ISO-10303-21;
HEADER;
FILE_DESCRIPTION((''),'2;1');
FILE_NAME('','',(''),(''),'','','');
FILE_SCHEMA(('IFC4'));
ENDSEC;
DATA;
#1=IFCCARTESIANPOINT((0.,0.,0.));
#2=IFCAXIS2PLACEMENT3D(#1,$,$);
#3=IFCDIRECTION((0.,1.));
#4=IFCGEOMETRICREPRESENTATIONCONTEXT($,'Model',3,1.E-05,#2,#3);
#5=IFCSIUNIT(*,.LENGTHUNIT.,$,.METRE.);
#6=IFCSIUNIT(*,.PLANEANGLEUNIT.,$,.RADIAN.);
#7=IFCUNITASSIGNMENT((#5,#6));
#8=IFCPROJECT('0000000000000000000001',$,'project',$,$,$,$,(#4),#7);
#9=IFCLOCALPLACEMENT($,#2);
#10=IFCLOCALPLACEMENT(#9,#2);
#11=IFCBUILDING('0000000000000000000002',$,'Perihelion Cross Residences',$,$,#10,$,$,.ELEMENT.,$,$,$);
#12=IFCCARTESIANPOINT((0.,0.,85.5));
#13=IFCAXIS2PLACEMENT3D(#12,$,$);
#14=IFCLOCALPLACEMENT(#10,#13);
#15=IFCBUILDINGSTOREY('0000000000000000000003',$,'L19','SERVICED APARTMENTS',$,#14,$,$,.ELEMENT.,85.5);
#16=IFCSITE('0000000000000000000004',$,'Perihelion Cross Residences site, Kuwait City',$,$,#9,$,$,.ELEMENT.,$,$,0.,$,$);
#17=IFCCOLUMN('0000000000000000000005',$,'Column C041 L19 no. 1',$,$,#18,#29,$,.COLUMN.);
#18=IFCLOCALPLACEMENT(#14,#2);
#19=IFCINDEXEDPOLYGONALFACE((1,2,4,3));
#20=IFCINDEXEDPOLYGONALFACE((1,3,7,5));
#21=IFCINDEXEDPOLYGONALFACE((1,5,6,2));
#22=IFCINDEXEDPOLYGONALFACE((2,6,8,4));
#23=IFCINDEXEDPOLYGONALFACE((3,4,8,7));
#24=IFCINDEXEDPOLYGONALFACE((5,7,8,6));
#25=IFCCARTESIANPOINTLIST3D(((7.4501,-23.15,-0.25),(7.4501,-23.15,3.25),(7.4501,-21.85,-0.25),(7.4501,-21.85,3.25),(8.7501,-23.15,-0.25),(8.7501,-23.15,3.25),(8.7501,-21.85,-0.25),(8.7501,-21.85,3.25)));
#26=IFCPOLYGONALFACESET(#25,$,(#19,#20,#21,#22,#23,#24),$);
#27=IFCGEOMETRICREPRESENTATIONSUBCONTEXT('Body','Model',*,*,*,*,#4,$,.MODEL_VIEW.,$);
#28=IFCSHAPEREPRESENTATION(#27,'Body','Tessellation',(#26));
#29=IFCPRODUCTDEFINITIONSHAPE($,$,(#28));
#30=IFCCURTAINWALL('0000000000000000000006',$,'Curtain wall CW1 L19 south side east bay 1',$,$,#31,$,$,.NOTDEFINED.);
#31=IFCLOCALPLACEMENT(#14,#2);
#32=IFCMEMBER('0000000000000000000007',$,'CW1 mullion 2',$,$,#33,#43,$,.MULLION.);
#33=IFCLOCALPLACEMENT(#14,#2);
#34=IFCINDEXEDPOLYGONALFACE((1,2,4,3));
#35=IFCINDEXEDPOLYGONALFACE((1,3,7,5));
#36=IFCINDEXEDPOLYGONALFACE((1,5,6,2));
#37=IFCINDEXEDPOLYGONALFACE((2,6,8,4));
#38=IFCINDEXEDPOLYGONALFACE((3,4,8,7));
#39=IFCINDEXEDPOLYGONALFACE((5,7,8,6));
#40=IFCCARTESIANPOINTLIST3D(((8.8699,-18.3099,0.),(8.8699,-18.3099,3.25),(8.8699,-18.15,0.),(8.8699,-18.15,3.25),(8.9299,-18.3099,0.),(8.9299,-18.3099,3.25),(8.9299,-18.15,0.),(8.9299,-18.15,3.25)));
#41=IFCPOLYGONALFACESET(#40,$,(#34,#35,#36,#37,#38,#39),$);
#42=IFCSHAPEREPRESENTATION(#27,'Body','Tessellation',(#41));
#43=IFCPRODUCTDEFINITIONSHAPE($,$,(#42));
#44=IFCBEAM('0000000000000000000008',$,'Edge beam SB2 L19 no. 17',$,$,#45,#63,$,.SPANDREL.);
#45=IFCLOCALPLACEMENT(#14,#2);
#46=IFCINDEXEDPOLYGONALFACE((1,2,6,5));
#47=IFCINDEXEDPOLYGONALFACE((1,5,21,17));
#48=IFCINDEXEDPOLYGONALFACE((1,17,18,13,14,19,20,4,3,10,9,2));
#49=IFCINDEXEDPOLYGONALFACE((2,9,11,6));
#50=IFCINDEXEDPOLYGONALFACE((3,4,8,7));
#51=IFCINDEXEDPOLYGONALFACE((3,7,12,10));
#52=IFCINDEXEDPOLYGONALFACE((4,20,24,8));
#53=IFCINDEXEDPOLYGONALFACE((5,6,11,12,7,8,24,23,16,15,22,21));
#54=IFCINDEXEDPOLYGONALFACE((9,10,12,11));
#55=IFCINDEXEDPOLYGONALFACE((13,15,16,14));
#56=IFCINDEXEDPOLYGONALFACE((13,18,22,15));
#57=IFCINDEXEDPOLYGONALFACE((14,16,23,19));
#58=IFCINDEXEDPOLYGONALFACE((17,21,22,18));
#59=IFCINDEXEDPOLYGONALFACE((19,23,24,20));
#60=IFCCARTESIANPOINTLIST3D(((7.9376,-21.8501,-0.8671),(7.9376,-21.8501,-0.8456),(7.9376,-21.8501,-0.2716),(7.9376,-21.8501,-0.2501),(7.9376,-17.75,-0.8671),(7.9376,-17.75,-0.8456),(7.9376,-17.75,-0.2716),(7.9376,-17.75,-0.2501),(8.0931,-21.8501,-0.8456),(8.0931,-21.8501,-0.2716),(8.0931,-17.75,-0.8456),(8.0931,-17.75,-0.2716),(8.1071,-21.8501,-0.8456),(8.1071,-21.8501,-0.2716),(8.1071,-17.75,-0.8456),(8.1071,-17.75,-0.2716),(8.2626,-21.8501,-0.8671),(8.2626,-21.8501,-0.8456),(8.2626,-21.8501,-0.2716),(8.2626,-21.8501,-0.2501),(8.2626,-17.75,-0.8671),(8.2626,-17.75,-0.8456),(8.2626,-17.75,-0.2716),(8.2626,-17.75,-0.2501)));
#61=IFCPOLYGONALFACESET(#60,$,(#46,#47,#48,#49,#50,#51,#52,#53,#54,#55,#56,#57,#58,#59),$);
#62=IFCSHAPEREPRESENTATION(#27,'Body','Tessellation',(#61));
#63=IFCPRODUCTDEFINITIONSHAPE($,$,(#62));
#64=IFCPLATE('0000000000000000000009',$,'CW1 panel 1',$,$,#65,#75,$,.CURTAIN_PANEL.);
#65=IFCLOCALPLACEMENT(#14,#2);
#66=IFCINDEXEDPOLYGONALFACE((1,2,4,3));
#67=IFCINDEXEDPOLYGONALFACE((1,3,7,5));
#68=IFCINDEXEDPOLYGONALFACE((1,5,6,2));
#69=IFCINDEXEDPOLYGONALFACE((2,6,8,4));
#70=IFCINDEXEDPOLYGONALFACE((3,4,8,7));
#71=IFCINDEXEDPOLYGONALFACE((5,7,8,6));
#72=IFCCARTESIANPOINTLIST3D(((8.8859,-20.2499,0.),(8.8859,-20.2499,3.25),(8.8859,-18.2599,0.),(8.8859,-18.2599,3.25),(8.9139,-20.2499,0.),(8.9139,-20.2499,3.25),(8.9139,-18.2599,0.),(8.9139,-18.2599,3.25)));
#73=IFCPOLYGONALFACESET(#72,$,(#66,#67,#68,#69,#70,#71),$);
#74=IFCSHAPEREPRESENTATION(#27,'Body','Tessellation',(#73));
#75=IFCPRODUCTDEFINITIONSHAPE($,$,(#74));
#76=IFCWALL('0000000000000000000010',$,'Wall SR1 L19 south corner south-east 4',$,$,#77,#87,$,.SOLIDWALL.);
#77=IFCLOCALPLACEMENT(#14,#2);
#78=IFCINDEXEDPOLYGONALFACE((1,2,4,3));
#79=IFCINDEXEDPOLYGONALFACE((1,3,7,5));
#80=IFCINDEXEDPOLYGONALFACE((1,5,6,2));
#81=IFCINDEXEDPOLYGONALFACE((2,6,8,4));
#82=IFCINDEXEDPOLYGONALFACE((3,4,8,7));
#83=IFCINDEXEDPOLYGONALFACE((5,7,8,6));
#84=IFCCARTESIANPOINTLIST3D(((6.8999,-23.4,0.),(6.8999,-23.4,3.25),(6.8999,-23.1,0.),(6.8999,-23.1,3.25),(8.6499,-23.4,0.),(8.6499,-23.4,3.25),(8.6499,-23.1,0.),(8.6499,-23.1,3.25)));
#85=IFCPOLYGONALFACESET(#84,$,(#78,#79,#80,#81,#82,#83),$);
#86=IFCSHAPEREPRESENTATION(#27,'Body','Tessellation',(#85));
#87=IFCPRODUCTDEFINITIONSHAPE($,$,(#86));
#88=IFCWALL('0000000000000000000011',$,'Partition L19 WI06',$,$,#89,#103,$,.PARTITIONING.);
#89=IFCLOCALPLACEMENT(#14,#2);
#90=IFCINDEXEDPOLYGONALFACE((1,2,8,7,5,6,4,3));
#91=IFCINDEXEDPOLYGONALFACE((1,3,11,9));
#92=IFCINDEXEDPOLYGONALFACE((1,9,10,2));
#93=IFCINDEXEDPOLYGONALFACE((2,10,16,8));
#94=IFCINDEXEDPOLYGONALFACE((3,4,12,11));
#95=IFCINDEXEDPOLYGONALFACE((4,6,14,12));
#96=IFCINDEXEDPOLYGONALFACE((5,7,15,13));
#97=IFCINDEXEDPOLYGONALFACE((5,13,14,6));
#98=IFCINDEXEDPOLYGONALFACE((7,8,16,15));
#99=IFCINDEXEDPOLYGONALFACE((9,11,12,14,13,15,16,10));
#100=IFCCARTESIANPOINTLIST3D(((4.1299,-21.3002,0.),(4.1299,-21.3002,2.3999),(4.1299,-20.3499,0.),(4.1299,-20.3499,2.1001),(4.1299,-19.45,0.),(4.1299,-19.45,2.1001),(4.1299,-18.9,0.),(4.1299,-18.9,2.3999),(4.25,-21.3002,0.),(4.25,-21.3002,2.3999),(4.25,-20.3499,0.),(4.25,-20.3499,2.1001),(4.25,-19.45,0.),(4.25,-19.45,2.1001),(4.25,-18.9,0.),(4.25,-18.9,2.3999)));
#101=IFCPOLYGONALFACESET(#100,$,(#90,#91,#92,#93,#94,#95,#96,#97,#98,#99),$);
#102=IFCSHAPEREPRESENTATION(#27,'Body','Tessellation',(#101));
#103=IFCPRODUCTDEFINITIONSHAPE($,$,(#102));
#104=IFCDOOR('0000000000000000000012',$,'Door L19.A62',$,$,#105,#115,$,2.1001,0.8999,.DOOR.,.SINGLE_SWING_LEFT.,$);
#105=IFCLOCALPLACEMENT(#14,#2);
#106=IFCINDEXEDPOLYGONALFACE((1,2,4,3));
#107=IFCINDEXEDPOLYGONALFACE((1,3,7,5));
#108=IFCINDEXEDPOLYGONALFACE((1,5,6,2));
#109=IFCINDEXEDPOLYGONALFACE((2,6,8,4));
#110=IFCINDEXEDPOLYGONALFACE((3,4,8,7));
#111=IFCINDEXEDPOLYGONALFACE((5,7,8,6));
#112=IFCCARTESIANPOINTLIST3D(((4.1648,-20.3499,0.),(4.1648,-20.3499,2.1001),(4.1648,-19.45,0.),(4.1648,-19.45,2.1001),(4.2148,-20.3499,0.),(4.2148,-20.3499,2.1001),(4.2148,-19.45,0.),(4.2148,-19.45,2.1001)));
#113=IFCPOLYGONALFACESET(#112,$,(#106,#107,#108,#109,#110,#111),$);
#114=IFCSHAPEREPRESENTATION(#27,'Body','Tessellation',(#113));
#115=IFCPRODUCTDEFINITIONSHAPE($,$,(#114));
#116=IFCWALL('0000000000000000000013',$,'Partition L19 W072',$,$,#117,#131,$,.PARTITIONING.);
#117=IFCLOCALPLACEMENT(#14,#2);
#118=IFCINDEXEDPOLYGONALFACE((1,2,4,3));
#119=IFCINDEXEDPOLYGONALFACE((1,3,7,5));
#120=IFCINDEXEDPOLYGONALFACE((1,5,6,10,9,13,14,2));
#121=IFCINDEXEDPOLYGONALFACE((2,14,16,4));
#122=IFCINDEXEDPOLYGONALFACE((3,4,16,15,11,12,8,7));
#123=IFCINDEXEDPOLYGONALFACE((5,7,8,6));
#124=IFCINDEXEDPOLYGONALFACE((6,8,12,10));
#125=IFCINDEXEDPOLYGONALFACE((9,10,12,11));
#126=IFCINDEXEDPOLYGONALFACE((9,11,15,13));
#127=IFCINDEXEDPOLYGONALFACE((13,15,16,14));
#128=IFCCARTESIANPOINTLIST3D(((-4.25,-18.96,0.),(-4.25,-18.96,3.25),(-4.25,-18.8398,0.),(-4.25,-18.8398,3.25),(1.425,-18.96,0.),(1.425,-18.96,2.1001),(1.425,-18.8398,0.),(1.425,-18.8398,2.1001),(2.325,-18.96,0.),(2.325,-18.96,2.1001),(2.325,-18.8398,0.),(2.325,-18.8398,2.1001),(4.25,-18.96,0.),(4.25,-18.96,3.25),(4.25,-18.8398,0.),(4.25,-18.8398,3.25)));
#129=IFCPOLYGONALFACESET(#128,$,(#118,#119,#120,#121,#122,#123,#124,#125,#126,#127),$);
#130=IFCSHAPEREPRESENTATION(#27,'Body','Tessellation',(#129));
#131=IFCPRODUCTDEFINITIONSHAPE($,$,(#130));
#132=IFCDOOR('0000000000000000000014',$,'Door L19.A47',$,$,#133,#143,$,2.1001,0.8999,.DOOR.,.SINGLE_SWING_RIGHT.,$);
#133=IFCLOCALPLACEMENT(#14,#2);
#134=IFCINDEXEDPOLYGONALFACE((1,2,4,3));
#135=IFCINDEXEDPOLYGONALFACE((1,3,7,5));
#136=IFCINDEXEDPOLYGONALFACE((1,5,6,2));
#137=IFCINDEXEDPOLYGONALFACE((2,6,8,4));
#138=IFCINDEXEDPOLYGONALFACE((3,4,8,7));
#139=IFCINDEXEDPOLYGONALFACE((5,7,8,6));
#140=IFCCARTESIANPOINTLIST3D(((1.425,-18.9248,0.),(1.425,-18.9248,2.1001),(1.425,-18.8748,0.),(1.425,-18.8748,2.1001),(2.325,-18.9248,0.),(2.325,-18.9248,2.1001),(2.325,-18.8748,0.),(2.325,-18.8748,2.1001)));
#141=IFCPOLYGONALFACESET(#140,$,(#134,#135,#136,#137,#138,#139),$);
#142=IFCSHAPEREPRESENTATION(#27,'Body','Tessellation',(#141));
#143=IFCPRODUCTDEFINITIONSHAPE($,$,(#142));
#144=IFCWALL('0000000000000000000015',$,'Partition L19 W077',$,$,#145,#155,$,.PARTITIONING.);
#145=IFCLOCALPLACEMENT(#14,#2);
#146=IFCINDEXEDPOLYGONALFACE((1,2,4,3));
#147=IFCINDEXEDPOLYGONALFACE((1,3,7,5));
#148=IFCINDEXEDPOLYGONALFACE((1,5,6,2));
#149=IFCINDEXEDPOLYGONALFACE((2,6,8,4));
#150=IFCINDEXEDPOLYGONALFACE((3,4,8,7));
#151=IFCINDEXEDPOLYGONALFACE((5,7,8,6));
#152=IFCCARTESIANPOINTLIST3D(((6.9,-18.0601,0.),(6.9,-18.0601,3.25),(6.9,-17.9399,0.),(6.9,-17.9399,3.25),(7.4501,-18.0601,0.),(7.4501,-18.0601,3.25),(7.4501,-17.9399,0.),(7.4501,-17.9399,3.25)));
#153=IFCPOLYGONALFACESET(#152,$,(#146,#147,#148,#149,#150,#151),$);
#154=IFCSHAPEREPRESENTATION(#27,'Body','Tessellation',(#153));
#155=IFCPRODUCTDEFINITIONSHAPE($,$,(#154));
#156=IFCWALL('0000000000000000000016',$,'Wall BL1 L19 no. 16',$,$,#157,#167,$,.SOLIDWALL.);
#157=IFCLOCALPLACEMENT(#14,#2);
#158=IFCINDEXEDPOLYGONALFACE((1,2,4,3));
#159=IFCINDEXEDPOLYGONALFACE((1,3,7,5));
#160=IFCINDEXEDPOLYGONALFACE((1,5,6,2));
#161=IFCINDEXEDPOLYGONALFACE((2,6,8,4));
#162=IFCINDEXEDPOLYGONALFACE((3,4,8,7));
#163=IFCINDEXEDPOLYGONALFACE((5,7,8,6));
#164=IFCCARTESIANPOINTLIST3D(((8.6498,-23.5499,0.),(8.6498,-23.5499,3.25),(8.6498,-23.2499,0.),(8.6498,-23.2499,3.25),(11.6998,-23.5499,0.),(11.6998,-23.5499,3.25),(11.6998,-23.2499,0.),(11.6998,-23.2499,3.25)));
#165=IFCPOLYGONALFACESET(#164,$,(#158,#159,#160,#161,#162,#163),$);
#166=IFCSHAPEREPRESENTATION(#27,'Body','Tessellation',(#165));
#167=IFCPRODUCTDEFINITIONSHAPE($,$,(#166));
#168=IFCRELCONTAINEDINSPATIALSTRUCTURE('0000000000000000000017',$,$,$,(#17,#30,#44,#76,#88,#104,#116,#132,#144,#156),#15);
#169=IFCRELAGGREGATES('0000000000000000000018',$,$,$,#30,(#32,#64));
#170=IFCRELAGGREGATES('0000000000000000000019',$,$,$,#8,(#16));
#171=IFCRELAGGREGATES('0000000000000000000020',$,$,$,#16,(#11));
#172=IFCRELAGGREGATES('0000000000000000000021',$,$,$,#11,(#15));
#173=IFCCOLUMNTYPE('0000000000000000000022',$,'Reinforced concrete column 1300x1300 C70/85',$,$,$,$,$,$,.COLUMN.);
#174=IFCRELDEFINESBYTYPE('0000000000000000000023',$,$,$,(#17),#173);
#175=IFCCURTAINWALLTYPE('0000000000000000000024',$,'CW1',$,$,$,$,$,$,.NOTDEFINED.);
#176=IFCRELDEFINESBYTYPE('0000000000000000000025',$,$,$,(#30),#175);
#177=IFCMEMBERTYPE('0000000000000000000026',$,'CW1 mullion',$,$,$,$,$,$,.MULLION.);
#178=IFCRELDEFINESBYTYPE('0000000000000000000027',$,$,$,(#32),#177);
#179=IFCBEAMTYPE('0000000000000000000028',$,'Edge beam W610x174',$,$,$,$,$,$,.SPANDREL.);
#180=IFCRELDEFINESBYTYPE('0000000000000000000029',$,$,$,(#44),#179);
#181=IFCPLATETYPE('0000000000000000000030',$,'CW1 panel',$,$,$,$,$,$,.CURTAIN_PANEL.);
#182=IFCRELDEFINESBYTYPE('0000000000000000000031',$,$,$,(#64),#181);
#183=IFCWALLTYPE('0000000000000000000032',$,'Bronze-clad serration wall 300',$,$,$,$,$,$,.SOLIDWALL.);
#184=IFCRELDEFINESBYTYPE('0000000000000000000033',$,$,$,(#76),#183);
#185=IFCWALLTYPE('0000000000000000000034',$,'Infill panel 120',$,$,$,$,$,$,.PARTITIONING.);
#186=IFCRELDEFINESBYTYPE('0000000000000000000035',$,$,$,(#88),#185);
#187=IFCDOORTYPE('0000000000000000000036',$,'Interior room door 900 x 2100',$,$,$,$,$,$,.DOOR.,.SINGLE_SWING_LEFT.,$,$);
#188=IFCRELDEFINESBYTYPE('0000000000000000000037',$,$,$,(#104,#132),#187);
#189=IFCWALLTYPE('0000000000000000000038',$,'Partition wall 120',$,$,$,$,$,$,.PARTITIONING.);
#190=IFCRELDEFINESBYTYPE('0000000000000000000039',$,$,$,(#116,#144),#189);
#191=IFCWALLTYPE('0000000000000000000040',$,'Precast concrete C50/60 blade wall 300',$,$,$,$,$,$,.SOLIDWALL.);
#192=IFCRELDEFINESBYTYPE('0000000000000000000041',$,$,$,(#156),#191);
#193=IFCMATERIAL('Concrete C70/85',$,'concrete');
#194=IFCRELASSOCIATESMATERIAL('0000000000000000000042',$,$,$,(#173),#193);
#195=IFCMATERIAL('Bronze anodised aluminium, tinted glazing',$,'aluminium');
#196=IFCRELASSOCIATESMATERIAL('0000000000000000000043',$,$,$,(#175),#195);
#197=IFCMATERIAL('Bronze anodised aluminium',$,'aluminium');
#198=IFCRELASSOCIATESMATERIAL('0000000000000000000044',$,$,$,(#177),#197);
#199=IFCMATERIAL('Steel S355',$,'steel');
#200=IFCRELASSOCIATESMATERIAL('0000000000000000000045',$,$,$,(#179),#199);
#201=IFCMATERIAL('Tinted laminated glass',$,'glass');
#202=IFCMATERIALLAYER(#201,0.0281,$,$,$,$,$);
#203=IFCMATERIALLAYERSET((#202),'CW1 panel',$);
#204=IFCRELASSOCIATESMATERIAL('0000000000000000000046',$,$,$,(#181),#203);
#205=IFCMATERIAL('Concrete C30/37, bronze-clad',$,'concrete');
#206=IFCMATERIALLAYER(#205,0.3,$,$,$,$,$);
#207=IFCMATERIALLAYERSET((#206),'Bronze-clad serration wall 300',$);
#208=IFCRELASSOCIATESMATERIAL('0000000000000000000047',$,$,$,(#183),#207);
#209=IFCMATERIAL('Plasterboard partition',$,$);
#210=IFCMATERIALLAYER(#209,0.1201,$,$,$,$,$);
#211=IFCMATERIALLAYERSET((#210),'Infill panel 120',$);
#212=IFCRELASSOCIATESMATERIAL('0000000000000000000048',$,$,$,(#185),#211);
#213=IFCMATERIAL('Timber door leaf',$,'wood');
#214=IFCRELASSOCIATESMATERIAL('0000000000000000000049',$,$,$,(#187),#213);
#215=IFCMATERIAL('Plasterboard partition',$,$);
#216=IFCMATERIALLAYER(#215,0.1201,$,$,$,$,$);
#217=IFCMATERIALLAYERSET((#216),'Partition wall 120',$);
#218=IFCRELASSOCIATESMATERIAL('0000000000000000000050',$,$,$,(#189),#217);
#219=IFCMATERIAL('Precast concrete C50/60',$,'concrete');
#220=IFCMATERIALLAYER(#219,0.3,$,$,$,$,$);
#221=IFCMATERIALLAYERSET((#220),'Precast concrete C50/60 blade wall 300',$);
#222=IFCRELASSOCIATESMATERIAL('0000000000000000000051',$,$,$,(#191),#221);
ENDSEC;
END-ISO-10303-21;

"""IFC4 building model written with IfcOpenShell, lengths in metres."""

from ifc_helpers import new_model, si_unit, direction, frame, frame_2d, origin, origin_2d, place, context, subcontext, project, spatial, rectangle, i_section, extrude, material, layer, layer_set, material_profile, profile_set, type_object, element, fill, aggregate, save


model = new_model("IFC4")

# Units and contexts
model_context = context("Model", 3, precision=1e-05, world=origin(), true_north=direction((0.0, 1.0)))
body_context = subcontext(model_context, "Body", "Model", "MODEL_VIEW")
ifc_project = project(units=[si_unit("LENGTHUNIT", "METRE"), si_unit("PLANEANGLEUNIT", "RADIAN")], contexts=[model_context])

# Site, building, storey
site_placement = place(None, origin())
site = spatial("IfcSite", under=ifc_project, at=site_placement, Name="Perihelion Cross Residences site, Kuwait City", CompositionType="ELEMENT", RefElevation=0.0)
building_placement = place(site_placement, origin())
building = spatial("IfcBuilding", under=site, at=building_placement, Name="Perihelion Cross Residences", CompositionType="ELEMENT")
storey_placement = place(building_placement, frame((0.0, 0.0, 85.5)))
storey = spatial("IfcBuildingStorey", under=building, at=storey_placement, Name="L19", Description="SERVICED APARTMENTS", CompositionType="ELEMENT", Elevation=85.5)

# Column
ifc_material_1 = material(Name="Concrete C70/85", Category="concrete")
ifc_material_profile_1 = material_profile(ifc_material_1, rectangle(XDim=1.3, YDim=1.3, at=origin_2d()), Name="RC 1300x1300")
ifc_profile_set_1 = profile_set([ifc_material_profile_1], Name="Concrete C70/85")
column_type = type_object("IfcColumnType", Name="Reinforced concrete column 1300x1300 C70/85", PredefinedType="COLUMN", material=ifc_profile_set_1)
column_placement = place(storey_placement, frame((8.1001, -22.5, -0.25), z_axis=(0.0, 0.0, 1.0), x_axis=(1.0, 0.0, 0.0)))
element("IfcColumn", 1, at=column_placement, inside=storey, type_object=column_type, Name="Column C041 L19 no. 1", PredefinedType="COLUMN", context=body_context, shape_type="SweptSolid", body=[
    extrude(rectangle(XDim=1.3, YDim=1.3, at=origin_2d()), origin(), (0.0, 0.0, 1.0), 3.5),
])

# Curtain wall, member
ifc_material_2 = material(Name="Bronze anodised aluminium, tinted glazing", Category="aluminium")
curtain_wall_type = type_object("IfcCurtainWallType", Name="CW1", PredefinedType="NOTDEFINED", material=ifc_material_2)
curtain_wall_placement = place(storey_placement, origin())
curtain_wall = element("IfcCurtainWall", 2, at=curtain_wall_placement, inside=storey, type_object=curtain_wall_type, Name="Curtain wall CW1 L19 south side east bay 1", PredefinedType="NOTDEFINED")
ifc_material_3 = material(Name="Bronze anodised aluminium", Category="aluminium")
ifc_material_profile_2 = material_profile(ifc_material_3, rectangle(XDim=0.0601, YDim=0.1599, at=origin_2d()), Name="CW1 mullion")
ifc_profile_set_2 = profile_set([ifc_material_profile_2], Name="Bronze anodised aluminium")
member_type = type_object("IfcMemberType", Name="CW1 mullion", PredefinedType="MULLION", material=ifc_profile_set_2)
member_placement = place(storey_placement, frame((8.8999, -18.23, 0.0), z_axis=(0.0, 0.0, 1.0), x_axis=(-1.0, 0.0, 0.0)))
member = element("IfcMember", 3, at=member_placement, type_object=member_type, Name="CW1 mullion 2", PredefinedType="MULLION", context=body_context, shape_type="SweptSolid", body=[
    extrude(rectangle(XDim=0.0601, YDim=0.1599, at=origin_2d()), origin(), (0.0, 0.0, 1.0), 3.25),
])

# Beam
ifc_material_4 = material(Name="Steel S355", Category="steel")
ifc_material_profile_3 = material_profile(ifc_material_4, i_section(OverallWidth=0.325, OverallDepth=0.6169, WebThickness=0.0139, FlangeThickness=0.0215, at=origin_2d()), Name="W610x174")
ifc_profile_set_3 = profile_set([ifc_material_profile_3], Name="Steel S355")
beam_type = type_object("IfcBeamType", Name="Edge beam W610x174", PredefinedType="SPANDREL", material=ifc_profile_set_3)
beam_placement = place(storey_placement, frame((8.1001, -21.8501, -0.5586), z_axis=(0.0, 1.0, 0.0), x_axis=(-1.0, 0.0, 0.0)))
element("IfcBeam", 4, at=beam_placement, inside=storey, type_object=beam_type, Name="Edge beam SB2 L19 no. 17", PredefinedType="SPANDREL", context=body_context, shape_type="SweptSolid", body=[
    extrude(i_section(OverallWidth=0.325, OverallDepth=0.6169, WebThickness=0.0139, FlangeThickness=0.0215, at=origin_2d()), origin(), (0.0, 0.0, 1.0), 4.1001),
])

# Plate
ifc_material_5 = material(Name="Tinted laminated glass", Category="glass")
ifc_layer_1 = layer(ifc_material_5, 0.0281)
ifc_layer_set_1 = layer_set([ifc_layer_1], Name="CW1 panel")
plate_type = type_object("IfcPlateType", Name="CW1 panel", PredefinedType="CURTAIN_PANEL", material=ifc_layer_set_1)
plate_placement = place(storey_placement, frame((8.8999, -19.2549, 0.0), z_axis=(0.0, 0.0, 1.0), x_axis=(0.0, 1.0, 0.0)))
plate = element("IfcPlate", 5, at=plate_placement, type_object=plate_type, Name="CW1 panel 1", PredefinedType="CURTAIN_PANEL", context=body_context, shape_type="SweptSolid", body=[
    extrude(rectangle(XDim=1.99, YDim=0.0281, at=origin_2d()), origin(), (0.0, 0.0, 1.0), 3.25),
])
aggregate(curtain_wall, [member, plate])

# Wall
ifc_material_6 = material(Name="Concrete C30/37, bronze-clad", Category="concrete")
ifc_layer_2 = layer(ifc_material_6, 0.3)
ifc_layer_set_2 = layer_set([ifc_layer_2], Name="Bronze-clad serration wall 300")
wall_type_1 = type_object("IfcWallType", Name="Bronze-clad serration wall 300", PredefinedType="SOLIDWALL", material=ifc_layer_set_2)
wall_1_placement = place(storey_placement, frame((6.8999, -23.25, 0.0), z_axis=(0.0, 0.0, 1.0), x_axis=(1.0, 0.0, 0.0)))
element("IfcWall", 6, at=wall_1_placement, inside=storey, type_object=wall_type_1, Name="Wall SR1 L19 south corner south-east 4", PredefinedType="SOLIDWALL", context=body_context, shape_type="SweptSolid", body=[
    extrude(rectangle(XDim=1.75, YDim=0.3, at=frame_2d((0.875, 0.0))), origin(), (0.0, 0.0, 1.0), 3.25),
])

# Walls, openings, doors
ifc_material_7 = material(Name="Plasterboard partition")
ifc_layer_3 = layer(ifc_material_7, 0.1201)
ifc_layer_set_3 = layer_set([ifc_layer_3], Name="Infill panel 120")
wall_type_2 = type_object("IfcWallType", Name="Infill panel 120", PredefinedType="PARTITIONING", material=ifc_layer_set_3)
wall_2_placement = place(storey_placement, frame((4.1899, -18.8999, 0.0), z_axis=(0.0, 0.0, 1.0), x_axis=(0.0, -1.0, 0.0)))
wall_2 = element("IfcWall", 7, at=wall_2_placement, inside=storey, type_object=wall_type_2, Name="Partition L19 WI06", PredefinedType="PARTITIONING", context=body_context, shape_type="SweptSolid", body=[
    extrude(rectangle(XDim=2.4001, YDim=0.1201, at=frame_2d((1.2002, 0.0))), origin(), (0.0, 0.0, 1.0), 2.3999),
])
opening_1_placement = place(wall_2_placement, frame((0.55, 0.0, 0.0)))
opening_1 = element("IfcOpeningElement", 8, at=opening_1_placement, cuts=wall_2, PredefinedType="OPENING", context=body_context, shape_type="SweptSolid", body=[
    extrude(rectangle(XDim=0.8999, YDim=2.1001, at=frame_2d((0.45, 1.05))), frame((0.0, 0.0701, 0.0), z_axis=(0.0, -1.0, 0.0), x_axis=(1.0, 0.0, 0.0)), (0.0, 0.0, 1.0), 0.1401),
])
ifc_material_8 = material(Name="Timber door leaf", Category="wood")
door_type_1 = type_object("IfcDoorType", Name="Interior room door 900 x 2100", OperationType="SINGLE_SWING_LEFT", PredefinedType="DOOR", material=ifc_material_8)
door_1_placement = place(opening_1_placement, origin())
door_1 = element("IfcDoor", 9, at=door_1_placement, inside=storey, type_object=door_type_1, Name="Door L19.A62", OperationType="SINGLE_SWING_LEFT", OverallHeight=2.1001, OverallWidth=0.8999, PredefinedType="DOOR", context=body_context, shape_type="SweptSolid", body=[
    extrude(rectangle(XDim=0.8999, YDim=2.1001, at=frame_2d((0.45, 1.05))), frame((0.0, 0.0249, 0.0), z_axis=(0.0, -1.0, 0.0), x_axis=(1.0, 0.0, 0.0)), (0.0, 0.0, 1.0), 0.05),
])
fill(opening_1, door_1)
ifc_material_9 = material(Name="Plasterboard partition")
ifc_layer_4 = layer(ifc_material_9, 0.1201)
ifc_layer_set_4 = layer_set([ifc_layer_4], Name="Partition wall 120")
wall_type_3 = type_object("IfcWallType", Name="Partition wall 120", PredefinedType="PARTITIONING", material=ifc_layer_set_4)
wall_3_placement = place(storey_placement, frame((4.25, -18.8999, 0.0), z_axis=(0.0, 0.0, 1.0), x_axis=(-1.0, 0.0, 0.0)))
wall_3 = element("IfcWall", 10, at=wall_3_placement, inside=storey, type_object=wall_type_3, Name="Partition L19 W072", PredefinedType="PARTITIONING", context=body_context, shape_type="SweptSolid", body=[
    extrude(rectangle(XDim=8.5, YDim=0.1201, at=frame_2d((4.25, 0.0))), origin(), (0.0, 0.0, 1.0), 3.25),
])
opening_2_placement = place(wall_3_placement, frame((1.925, 0.0, 0.0)))
opening_2 = element("IfcOpeningElement", 11, at=opening_2_placement, cuts=wall_3, PredefinedType="OPENING", context=body_context, shape_type="SweptSolid", body=[
    extrude(rectangle(XDim=0.8999, YDim=2.1001, at=frame_2d((0.45, 1.05))), frame((0.0, 0.0701, 0.0), z_axis=(0.0, -1.0, 0.0), x_axis=(1.0, 0.0, 0.0)), (0.0, 0.0, 1.0), 0.1401),
])
door_2_placement = place(opening_2_placement, origin())
door_2 = element("IfcDoor", 12, at=door_2_placement, inside=storey, type_object=door_type_1, Name="Door L19.A47", OperationType="SINGLE_SWING_RIGHT", OverallHeight=2.1001, OverallWidth=0.8999, PredefinedType="DOOR", context=body_context, shape_type="SweptSolid", body=[
    extrude(rectangle(XDim=0.8999, YDim=2.1001, at=frame_2d((0.45, 1.05))), frame((0.0, 0.0249, 0.0), z_axis=(0.0, -1.0, 0.0), x_axis=(1.0, 0.0, 0.0)), (0.0, 0.0, 1.0), 0.05),
])
fill(opening_2, door_2)

# Walls
wall_4_placement = place(storey_placement, frame((7.45, -18.0, 0.0), z_axis=(0.0, 0.0, 1.0), x_axis=(-1.0, 0.0, 0.0)))
element("IfcWall", 13, at=wall_4_placement, inside=storey, type_object=wall_type_3, Name="Partition L19 W077", PredefinedType="PARTITIONING", context=body_context, shape_type="SweptSolid", body=[
    extrude(rectangle(XDim=0.55, YDim=0.1201, at=frame_2d((0.2749, 0.0))), origin(), (0.0, 0.0, 1.0), 3.25),
])
ifc_material_10 = material(Name="Precast concrete C50/60", Category="concrete")
ifc_layer_5 = layer(ifc_material_10, 0.3)
ifc_layer_set_5 = layer_set([ifc_layer_5], Name="Precast concrete C50/60 blade wall 300")
wall_type_4 = type_object("IfcWallType", Name="Precast concrete C50/60 blade wall 300", PredefinedType="SOLIDWALL", material=ifc_layer_set_5)
wall_5_placement = place(storey_placement, frame((8.6499, -23.3999, 0.0), z_axis=(0.0, 0.0, 1.0), x_axis=(1.0, 0.0, 0.0)))
element("IfcWall", 14, at=wall_5_placement, inside=storey, type_object=wall_type_4, Name="Wall BL1 L19 no. 16", PredefinedType="SOLIDWALL", context=body_context, shape_type="SweptSolid", body=[
    extrude(rectangle(XDim=3.05, YDim=0.3, at=frame_2d((1.5249, 0.0))), origin(), (0.0, 0.0, 1.0), 3.25),
])

save(model, "model.ifc")
